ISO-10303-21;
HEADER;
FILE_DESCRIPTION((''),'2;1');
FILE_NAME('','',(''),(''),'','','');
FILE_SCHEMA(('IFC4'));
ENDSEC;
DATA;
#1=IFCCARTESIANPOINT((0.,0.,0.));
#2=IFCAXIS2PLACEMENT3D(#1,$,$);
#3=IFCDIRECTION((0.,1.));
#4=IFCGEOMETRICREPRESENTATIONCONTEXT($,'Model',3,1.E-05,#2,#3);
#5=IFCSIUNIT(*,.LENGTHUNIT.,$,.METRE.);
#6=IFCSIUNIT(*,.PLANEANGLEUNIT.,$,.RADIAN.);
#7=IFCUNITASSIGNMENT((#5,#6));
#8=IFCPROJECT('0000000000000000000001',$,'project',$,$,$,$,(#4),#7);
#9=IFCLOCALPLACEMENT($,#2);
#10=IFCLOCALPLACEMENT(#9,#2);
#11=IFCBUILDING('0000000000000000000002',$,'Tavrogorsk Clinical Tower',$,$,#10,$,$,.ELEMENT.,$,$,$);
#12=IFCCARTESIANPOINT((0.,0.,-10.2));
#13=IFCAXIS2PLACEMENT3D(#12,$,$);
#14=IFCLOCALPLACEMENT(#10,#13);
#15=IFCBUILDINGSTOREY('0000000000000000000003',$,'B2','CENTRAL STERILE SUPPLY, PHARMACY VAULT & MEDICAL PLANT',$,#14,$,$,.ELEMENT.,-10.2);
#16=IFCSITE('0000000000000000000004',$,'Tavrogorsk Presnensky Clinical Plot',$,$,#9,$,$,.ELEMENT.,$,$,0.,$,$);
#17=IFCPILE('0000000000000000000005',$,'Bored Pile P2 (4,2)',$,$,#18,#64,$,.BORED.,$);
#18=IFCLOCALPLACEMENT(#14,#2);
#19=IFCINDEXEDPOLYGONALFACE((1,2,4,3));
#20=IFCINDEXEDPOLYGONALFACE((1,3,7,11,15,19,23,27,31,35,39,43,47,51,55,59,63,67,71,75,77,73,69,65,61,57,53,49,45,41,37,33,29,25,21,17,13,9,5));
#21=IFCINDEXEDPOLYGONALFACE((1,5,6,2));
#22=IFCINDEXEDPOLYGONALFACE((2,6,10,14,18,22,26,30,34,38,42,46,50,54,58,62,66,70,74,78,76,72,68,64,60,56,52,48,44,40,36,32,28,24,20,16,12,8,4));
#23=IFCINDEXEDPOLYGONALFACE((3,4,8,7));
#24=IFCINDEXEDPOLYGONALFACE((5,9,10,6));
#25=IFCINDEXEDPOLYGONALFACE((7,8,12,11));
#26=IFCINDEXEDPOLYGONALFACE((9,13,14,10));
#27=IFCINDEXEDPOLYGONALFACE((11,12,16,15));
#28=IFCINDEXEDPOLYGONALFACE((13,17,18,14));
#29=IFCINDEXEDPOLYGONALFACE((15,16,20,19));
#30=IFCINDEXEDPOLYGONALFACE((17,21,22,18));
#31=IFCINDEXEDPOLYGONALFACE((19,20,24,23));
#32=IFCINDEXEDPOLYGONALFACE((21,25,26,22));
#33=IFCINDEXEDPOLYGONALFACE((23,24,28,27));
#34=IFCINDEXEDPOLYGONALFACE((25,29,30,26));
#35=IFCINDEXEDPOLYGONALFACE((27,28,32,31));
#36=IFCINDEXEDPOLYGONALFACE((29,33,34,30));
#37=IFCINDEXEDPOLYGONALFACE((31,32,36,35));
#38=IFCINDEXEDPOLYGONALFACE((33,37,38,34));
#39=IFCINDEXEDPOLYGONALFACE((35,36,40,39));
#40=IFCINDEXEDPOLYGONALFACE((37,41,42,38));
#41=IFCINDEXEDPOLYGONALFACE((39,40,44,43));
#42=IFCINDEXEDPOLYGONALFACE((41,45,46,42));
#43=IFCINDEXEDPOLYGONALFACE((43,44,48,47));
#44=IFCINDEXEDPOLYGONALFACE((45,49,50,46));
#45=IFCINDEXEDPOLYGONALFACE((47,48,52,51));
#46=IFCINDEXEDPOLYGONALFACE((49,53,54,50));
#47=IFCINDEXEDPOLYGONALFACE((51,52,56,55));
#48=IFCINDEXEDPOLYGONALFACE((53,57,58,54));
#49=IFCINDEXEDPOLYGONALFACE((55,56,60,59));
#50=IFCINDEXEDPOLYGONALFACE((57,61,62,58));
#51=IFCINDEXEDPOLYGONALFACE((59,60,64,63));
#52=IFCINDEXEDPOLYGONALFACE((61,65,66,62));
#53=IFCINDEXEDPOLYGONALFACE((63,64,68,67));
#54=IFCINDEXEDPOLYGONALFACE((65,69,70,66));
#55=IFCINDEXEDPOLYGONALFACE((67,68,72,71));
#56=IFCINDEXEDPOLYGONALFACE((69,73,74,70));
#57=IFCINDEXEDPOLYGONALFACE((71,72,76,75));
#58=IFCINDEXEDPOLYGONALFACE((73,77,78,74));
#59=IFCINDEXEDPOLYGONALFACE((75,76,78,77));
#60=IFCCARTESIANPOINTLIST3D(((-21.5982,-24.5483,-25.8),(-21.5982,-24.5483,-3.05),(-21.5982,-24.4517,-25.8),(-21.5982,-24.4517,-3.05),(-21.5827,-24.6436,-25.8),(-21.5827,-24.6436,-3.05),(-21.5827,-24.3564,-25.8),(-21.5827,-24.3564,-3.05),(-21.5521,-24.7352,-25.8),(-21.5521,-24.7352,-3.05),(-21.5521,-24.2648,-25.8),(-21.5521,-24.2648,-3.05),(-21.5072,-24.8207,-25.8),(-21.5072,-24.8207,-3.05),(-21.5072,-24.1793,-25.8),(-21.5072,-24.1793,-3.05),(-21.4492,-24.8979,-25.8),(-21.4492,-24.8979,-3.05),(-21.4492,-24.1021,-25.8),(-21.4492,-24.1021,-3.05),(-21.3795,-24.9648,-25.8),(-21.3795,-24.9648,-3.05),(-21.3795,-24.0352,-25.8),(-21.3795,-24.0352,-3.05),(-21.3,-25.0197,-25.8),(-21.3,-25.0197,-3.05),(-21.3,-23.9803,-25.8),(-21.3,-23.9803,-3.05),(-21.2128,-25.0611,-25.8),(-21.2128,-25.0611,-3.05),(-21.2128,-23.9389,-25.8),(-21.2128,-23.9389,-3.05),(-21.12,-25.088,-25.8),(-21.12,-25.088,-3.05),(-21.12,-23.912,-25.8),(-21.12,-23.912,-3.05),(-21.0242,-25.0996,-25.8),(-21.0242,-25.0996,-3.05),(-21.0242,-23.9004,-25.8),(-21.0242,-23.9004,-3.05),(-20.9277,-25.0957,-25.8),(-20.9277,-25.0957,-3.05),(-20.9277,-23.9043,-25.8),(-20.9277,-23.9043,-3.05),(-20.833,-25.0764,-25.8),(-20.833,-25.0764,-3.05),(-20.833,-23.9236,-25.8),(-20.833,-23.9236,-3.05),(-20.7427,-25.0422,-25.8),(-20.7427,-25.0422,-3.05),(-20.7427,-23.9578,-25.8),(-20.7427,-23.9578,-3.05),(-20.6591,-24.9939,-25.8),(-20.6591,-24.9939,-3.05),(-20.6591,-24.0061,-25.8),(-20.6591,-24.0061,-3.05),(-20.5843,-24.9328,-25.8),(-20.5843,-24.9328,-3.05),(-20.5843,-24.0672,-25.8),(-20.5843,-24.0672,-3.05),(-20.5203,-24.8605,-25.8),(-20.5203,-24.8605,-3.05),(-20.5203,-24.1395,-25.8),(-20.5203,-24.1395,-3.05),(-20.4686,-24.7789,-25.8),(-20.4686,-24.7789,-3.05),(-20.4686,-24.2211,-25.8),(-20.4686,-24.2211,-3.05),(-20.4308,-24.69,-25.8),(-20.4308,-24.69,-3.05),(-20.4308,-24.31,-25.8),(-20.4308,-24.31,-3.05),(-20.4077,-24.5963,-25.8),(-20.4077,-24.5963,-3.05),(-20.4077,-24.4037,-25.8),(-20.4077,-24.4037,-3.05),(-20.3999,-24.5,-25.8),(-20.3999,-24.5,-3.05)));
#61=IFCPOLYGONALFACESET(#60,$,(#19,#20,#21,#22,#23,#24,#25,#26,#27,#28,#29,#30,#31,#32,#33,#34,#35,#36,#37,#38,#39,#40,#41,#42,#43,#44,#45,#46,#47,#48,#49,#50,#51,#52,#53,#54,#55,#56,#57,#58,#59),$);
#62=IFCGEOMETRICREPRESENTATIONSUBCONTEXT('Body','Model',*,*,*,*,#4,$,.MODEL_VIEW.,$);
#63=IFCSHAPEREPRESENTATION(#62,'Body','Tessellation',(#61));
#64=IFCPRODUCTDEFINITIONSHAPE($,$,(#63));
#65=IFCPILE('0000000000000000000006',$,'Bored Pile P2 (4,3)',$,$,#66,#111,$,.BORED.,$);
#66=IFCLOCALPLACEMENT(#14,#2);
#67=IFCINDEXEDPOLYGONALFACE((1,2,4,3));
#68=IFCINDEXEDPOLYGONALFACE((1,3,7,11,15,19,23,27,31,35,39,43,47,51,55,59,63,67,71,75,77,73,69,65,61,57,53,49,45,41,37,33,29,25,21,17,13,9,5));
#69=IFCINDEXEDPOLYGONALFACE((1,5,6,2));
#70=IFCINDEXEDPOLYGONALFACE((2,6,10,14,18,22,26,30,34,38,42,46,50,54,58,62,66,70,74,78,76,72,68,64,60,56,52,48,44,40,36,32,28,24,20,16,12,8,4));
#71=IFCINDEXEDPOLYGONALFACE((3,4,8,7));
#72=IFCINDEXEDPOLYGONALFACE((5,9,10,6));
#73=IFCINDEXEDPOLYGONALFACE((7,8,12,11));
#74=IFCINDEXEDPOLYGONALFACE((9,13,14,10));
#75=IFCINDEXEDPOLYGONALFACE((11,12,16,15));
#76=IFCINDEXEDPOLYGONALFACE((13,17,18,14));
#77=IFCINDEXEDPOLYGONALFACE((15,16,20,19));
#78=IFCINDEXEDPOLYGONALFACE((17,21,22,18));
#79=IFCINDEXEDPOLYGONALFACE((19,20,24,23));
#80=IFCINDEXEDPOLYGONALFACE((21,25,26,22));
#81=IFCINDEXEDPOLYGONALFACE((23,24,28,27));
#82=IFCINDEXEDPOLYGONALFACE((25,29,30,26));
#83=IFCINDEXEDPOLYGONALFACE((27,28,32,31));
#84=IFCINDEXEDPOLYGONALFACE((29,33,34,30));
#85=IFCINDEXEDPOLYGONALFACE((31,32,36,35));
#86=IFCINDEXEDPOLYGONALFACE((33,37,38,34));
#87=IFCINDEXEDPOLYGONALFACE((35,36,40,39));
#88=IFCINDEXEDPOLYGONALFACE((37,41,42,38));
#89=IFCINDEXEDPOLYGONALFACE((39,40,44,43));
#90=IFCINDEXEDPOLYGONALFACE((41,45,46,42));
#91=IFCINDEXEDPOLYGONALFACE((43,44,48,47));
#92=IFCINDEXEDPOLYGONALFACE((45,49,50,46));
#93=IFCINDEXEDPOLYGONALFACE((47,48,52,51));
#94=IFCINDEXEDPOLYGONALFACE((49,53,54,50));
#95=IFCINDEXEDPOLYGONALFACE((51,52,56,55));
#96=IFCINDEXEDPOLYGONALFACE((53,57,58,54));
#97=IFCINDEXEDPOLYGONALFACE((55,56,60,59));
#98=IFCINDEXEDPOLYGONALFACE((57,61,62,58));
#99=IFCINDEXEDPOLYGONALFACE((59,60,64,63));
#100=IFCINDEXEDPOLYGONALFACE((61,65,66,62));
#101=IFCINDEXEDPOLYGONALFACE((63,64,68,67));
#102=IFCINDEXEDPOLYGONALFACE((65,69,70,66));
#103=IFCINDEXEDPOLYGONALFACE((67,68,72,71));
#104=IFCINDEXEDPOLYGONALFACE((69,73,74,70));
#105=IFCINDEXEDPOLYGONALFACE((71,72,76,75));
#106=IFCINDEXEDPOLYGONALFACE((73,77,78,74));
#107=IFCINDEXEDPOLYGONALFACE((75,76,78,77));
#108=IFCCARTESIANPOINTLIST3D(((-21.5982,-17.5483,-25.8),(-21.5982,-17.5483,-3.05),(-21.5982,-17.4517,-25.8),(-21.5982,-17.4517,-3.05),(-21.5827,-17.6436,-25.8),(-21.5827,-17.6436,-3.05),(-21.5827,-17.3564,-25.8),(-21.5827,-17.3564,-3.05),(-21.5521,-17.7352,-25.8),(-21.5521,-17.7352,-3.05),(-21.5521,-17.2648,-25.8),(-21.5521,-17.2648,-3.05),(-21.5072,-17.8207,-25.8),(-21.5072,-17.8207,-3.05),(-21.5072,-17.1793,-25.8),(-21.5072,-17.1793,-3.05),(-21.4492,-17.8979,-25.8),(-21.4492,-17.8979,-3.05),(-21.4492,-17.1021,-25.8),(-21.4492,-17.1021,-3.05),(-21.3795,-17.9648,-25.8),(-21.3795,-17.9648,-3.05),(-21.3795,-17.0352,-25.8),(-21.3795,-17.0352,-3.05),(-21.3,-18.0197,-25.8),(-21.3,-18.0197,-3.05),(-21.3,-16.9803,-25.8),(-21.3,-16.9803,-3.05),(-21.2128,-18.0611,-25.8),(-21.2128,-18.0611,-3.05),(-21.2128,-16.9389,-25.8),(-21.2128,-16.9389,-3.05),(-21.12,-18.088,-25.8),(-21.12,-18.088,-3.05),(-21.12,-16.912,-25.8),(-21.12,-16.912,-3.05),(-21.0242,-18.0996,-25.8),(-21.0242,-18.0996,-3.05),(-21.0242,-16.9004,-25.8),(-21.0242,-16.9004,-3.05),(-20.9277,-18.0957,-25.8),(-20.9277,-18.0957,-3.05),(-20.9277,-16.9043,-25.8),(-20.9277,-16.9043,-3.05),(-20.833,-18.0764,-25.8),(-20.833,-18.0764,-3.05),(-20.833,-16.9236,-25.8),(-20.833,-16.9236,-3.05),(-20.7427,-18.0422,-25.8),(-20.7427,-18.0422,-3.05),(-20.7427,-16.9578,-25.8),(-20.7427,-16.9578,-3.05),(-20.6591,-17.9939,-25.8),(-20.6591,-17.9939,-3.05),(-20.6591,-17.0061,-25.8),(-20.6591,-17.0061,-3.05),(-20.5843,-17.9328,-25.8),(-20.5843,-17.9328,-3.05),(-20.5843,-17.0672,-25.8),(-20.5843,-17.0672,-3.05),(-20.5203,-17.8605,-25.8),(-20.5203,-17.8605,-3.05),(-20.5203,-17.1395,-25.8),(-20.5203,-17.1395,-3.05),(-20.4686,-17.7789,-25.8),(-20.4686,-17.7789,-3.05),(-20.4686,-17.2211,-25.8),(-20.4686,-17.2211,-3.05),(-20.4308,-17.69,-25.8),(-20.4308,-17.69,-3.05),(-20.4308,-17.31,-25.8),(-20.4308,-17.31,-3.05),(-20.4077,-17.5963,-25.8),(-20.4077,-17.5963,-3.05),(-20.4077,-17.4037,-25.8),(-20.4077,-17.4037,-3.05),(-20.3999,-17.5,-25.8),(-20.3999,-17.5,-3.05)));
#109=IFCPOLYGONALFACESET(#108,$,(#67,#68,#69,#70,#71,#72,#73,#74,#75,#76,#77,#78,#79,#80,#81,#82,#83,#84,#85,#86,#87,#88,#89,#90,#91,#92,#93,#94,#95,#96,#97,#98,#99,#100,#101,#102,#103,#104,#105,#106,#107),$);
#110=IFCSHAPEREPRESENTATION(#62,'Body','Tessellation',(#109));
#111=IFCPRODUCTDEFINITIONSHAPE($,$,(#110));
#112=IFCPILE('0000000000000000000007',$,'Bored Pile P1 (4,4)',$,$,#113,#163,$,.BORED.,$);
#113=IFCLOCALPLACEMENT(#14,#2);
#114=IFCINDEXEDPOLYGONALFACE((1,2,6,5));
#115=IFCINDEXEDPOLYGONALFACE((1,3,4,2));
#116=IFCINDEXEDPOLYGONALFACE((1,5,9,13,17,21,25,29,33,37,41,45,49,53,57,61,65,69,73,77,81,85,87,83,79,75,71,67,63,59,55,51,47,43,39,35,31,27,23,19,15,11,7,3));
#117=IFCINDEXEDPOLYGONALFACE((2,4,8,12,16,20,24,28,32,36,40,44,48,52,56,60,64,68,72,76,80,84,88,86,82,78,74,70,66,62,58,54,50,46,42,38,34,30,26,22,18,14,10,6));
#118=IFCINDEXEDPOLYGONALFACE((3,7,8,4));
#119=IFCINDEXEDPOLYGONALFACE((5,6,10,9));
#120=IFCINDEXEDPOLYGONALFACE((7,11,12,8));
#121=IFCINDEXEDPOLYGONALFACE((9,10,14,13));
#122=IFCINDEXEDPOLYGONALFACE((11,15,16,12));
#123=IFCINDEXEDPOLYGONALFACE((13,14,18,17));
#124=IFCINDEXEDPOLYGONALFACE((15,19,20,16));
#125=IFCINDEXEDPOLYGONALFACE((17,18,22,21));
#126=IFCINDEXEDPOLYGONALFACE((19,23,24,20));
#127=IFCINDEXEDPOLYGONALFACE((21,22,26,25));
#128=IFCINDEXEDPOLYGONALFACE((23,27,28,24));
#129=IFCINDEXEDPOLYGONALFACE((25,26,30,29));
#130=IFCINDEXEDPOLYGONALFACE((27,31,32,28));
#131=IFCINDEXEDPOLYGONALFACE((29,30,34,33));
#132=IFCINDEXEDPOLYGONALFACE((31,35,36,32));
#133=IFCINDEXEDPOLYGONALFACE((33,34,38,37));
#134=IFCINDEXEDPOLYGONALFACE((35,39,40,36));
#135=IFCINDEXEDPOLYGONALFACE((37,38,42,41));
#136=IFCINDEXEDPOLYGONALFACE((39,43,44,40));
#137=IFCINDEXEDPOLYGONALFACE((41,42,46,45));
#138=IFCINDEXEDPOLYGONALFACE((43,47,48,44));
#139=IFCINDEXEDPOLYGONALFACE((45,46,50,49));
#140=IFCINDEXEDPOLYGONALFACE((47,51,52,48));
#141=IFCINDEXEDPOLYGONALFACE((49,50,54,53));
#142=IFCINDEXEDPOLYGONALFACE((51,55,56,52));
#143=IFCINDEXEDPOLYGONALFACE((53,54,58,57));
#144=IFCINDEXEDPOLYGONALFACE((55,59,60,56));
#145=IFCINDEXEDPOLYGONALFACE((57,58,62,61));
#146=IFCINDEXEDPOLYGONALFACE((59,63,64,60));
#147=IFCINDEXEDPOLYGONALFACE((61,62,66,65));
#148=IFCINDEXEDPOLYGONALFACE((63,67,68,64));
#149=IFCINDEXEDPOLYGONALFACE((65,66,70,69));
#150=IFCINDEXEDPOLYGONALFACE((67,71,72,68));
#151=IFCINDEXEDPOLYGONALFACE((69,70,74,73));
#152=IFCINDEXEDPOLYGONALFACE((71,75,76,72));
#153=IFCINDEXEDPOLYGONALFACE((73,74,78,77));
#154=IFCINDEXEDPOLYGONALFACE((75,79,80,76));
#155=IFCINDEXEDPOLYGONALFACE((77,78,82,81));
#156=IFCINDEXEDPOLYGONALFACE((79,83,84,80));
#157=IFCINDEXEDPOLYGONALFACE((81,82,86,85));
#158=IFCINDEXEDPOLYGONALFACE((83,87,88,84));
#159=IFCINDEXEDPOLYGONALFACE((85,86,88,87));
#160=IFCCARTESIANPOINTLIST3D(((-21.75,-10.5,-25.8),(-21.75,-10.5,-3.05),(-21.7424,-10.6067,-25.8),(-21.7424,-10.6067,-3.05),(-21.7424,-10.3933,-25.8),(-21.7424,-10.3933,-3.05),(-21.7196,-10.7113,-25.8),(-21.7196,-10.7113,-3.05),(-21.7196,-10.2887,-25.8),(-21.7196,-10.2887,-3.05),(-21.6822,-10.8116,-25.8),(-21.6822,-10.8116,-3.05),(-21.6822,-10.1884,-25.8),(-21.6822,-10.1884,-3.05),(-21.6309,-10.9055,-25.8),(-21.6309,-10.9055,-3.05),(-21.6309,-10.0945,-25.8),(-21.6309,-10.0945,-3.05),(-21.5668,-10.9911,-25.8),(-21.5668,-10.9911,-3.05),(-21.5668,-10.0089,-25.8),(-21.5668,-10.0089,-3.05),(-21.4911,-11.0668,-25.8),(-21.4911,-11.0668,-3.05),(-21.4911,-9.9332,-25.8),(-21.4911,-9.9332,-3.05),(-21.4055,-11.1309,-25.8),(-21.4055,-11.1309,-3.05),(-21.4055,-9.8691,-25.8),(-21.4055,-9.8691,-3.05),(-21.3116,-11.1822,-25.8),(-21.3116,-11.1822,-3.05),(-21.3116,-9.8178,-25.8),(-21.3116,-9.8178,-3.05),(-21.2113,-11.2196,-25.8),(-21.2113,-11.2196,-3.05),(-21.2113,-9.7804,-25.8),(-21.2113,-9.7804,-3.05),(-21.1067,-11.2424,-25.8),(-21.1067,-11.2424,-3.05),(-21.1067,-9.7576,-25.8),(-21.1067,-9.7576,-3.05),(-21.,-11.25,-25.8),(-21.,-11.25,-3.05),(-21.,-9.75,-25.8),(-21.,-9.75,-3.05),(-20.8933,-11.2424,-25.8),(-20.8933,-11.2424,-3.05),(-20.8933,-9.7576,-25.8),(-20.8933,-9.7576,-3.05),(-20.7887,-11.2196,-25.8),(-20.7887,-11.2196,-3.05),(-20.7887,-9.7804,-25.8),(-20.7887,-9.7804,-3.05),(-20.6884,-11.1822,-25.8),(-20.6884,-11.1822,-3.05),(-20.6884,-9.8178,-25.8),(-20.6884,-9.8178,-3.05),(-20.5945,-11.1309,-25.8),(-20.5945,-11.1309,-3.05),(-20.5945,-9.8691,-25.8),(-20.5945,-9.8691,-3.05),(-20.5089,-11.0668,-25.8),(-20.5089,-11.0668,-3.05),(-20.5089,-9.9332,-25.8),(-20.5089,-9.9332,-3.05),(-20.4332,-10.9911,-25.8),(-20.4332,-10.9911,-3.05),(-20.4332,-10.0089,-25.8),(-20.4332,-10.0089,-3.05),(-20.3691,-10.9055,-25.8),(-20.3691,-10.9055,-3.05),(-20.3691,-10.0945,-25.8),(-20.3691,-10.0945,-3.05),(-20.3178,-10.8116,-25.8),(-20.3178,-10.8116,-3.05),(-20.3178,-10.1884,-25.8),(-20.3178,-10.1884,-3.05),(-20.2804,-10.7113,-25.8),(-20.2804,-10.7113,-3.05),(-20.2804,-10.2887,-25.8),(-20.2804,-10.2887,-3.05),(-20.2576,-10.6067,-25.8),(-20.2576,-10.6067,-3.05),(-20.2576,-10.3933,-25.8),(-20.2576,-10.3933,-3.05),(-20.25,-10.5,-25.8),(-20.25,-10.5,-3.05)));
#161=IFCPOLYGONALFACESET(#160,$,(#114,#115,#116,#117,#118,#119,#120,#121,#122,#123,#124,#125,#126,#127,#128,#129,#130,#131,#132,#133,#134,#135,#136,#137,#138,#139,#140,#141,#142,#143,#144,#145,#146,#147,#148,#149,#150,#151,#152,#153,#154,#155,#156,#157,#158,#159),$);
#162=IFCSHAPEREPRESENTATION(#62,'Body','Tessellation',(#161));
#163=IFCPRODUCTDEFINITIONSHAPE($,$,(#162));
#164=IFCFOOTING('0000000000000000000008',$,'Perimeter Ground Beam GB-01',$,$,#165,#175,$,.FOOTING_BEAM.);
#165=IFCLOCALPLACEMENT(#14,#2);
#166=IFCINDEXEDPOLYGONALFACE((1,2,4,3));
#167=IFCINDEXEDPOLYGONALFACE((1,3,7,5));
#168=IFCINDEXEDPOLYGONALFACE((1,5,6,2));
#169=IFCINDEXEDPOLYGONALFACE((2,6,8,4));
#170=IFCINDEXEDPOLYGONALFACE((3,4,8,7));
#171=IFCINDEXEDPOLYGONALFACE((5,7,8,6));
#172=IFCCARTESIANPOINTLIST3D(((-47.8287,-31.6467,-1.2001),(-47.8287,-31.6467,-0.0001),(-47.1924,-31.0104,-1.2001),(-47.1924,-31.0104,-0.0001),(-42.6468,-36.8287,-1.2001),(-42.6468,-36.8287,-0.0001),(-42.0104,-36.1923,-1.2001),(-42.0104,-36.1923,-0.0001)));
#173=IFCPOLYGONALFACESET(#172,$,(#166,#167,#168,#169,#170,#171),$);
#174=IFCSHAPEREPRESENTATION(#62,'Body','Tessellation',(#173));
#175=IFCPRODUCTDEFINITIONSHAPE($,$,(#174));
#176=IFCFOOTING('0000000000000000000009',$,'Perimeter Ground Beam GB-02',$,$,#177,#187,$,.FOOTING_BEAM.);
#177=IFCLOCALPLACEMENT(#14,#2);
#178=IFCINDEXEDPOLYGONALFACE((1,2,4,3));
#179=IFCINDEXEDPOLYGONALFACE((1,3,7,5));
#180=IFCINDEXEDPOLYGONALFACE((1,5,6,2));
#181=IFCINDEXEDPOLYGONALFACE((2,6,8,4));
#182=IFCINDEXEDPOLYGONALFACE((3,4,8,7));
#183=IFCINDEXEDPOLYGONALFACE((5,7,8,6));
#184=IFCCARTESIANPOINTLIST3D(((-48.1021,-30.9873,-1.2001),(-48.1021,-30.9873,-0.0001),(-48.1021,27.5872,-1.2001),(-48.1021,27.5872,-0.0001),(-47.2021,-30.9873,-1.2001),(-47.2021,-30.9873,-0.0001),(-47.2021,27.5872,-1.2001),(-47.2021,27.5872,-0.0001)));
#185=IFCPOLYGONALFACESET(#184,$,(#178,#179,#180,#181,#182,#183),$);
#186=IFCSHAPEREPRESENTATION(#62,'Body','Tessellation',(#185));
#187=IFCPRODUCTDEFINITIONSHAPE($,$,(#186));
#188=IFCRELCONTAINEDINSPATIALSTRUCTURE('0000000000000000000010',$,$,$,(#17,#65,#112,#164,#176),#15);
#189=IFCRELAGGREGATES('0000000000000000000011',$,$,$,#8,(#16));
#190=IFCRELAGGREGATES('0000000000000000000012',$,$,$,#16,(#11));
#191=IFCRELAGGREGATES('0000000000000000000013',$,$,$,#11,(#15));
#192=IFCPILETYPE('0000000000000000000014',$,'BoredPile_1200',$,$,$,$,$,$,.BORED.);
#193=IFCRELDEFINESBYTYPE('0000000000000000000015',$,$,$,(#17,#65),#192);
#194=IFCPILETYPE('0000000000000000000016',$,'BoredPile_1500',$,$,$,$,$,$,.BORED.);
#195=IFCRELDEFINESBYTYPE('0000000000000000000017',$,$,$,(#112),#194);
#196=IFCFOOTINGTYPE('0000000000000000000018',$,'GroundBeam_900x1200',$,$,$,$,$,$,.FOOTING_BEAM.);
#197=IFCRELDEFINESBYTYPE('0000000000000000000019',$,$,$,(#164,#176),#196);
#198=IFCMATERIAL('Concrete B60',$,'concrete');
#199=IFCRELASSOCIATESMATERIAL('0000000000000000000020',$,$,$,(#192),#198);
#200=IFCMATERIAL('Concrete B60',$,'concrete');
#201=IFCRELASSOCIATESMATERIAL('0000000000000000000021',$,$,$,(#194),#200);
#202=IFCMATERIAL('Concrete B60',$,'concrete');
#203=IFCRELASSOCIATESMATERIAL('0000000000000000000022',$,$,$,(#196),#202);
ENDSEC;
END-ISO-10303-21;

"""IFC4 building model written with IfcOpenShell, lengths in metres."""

from ifc_helpers import new_model, si_unit, direction, frame, origin, origin_2d, place, context, subcontext, project, spatial, rectangle, circle, extrude, material, material_profile, profile_set, type_object, element, save


model = new_model("IFC4")

# Units and contexts
model_context = context("Model", 3, precision=1e-05, world=origin(), true_north=direction((0.0, 1.0)))
body_context = subcontext(model_context, "Body", "Model", "MODEL_VIEW")
ifc_project = project(units=[si_unit("LENGTHUNIT", "METRE"), si_unit("PLANEANGLEUNIT", "RADIAN")], contexts=[model_context])

# Site, building, storey
site_placement = place(None, origin())
site = spatial("IfcSite", under=ifc_project, at=site_placement, Name="Tavrogorsk Presnensky Clinical Plot", CompositionType="ELEMENT", RefElevation=0.0)
building_placement = place(site_placement, origin())
building = spatial("IfcBuilding", under=site, at=building_placement, Name="Tavrogorsk Clinical Tower", CompositionType="ELEMENT")
storey_placement = place(building_placement, frame((0.0, 0.0, -10.2)))
storey = spatial("IfcBuildingStorey", under=building, at=storey_placement, Name="B2", Description="CENTRAL STERILE SUPPLY, PHARMACY VAULT & MEDICAL PLANT", CompositionType="ELEMENT", Elevation=-10.2)

# Piles
ifc_material_1 = material(Name="Concrete B60", Category="concrete")
ifc_material_profile_1 = material_profile(ifc_material_1, circle(Radius=0.6001, at=origin_2d()), Name="BORED-PILE-1200")
ifc_profile_set_1 = profile_set([ifc_material_profile_1], Name="Concrete B60")
pile_type_1 = type_object("IfcPileType", Name="BoredPile_1200", PredefinedType="BORED", material=ifc_profile_set_1)
for number, where, z_axis, x_axis, name in (
    (1, (-21.0, -24.5, -3.05), (0.0, 0.0, -1.0), (1.0, 0.0, 0.0), "Bored Pile P2 (4,2)"),
    (2, (-21.0, -17.5, -3.05), (0.0, 0.0, -1.0), (1.0, 0.0, 0.0), "Bored Pile P2 (4,3)"),
):
    element("IfcPile", number, at=place(storey_placement, frame(where, z_axis=z_axis, x_axis=x_axis)), inside=storey, type_object=pile_type_1, Name=name, PredefinedType="BORED", context=body_context, shape_type="SweptSolid", body=[
        extrude(circle(Radius=0.6001, at=origin_2d()), origin(), (0.0, 0.0, 1.0), 22.75),
    ])
ifc_material_2 = material(Name="Concrete B60", Category="concrete")
ifc_material_profile_2 = material_profile(ifc_material_2, circle(Radius=0.75, at=origin_2d()), Name="BORED-PILE-1500")
ifc_profile_set_2 = profile_set([ifc_material_profile_2], Name="Concrete B60")
pile_type_2 = type_object("IfcPileType", Name="BoredPile_1500", PredefinedType="BORED", material=ifc_profile_set_2)
pile_placement = place(storey_placement, frame((-21.0, -10.5, -3.05), z_axis=(0.0, 0.0, -1.0), x_axis=(1.0, 0.0, 0.0)))
element("IfcPile", 3, at=pile_placement, inside=storey, type_object=pile_type_2, Name="Bored Pile P1 (4,4)", PredefinedType="BORED", context=body_context, shape_type="SweptSolid", body=[
    extrude(circle(Radius=0.75, at=origin_2d()), origin(), (0.0, 0.0, 1.0), 22.75),
])

# Footings
ifc_material_3 = material(Name="Concrete B60", Category="concrete")
ifc_material_profile_3 = material_profile(ifc_material_3, rectangle(XDim=0.8999, YDim=1.2, at=origin_2d()), Name="RC-GB-900x1200")
ifc_profile_set_3 = profile_set([ifc_material_profile_3], Name="Concrete B60")
footing_type = type_object("IfcFootingType", Name="GroundBeam_900x1200", PredefinedType="FOOTING_BEAM", material=ifc_profile_set_3)
footing_1_placement = place(storey_placement, frame((-42.3286, -36.5105, -0.6001), z_axis=(-0.707107, 0.707107, 0.0), x_axis=(-0.707107, -0.707107, 0.0)))
element("IfcFooting", 4, at=footing_1_placement, inside=storey, type_object=footing_type, Name="Perimeter Ground Beam GB-01", PredefinedType="FOOTING_BEAM", context=body_context, shape_type="SweptSolid", body=[
    extrude(rectangle(XDim=0.8999, YDim=1.2, at=origin_2d()), origin(), (0.0, 0.0, 1.0), 7.3284),
])
footing_2_placement = place(storey_placement, frame((-47.6521, -30.9873, -0.6001), z_axis=(0.0, 1.0, 0.0), x_axis=(-1.0, 0.0, 0.0)))
element("IfcFooting", 5, at=footing_2_placement, inside=storey, type_object=footing_type, Name="Perimeter Ground Beam GB-02", PredefinedType="FOOTING_BEAM", context=body_context, shape_type="SweptSolid", body=[
    extrude(rectangle(XDim=0.8999, YDim=1.2, at=origin_2d()), origin(), (0.0, 0.0, 1.0), 58.5745),
])

save(model, "model.ifc")
